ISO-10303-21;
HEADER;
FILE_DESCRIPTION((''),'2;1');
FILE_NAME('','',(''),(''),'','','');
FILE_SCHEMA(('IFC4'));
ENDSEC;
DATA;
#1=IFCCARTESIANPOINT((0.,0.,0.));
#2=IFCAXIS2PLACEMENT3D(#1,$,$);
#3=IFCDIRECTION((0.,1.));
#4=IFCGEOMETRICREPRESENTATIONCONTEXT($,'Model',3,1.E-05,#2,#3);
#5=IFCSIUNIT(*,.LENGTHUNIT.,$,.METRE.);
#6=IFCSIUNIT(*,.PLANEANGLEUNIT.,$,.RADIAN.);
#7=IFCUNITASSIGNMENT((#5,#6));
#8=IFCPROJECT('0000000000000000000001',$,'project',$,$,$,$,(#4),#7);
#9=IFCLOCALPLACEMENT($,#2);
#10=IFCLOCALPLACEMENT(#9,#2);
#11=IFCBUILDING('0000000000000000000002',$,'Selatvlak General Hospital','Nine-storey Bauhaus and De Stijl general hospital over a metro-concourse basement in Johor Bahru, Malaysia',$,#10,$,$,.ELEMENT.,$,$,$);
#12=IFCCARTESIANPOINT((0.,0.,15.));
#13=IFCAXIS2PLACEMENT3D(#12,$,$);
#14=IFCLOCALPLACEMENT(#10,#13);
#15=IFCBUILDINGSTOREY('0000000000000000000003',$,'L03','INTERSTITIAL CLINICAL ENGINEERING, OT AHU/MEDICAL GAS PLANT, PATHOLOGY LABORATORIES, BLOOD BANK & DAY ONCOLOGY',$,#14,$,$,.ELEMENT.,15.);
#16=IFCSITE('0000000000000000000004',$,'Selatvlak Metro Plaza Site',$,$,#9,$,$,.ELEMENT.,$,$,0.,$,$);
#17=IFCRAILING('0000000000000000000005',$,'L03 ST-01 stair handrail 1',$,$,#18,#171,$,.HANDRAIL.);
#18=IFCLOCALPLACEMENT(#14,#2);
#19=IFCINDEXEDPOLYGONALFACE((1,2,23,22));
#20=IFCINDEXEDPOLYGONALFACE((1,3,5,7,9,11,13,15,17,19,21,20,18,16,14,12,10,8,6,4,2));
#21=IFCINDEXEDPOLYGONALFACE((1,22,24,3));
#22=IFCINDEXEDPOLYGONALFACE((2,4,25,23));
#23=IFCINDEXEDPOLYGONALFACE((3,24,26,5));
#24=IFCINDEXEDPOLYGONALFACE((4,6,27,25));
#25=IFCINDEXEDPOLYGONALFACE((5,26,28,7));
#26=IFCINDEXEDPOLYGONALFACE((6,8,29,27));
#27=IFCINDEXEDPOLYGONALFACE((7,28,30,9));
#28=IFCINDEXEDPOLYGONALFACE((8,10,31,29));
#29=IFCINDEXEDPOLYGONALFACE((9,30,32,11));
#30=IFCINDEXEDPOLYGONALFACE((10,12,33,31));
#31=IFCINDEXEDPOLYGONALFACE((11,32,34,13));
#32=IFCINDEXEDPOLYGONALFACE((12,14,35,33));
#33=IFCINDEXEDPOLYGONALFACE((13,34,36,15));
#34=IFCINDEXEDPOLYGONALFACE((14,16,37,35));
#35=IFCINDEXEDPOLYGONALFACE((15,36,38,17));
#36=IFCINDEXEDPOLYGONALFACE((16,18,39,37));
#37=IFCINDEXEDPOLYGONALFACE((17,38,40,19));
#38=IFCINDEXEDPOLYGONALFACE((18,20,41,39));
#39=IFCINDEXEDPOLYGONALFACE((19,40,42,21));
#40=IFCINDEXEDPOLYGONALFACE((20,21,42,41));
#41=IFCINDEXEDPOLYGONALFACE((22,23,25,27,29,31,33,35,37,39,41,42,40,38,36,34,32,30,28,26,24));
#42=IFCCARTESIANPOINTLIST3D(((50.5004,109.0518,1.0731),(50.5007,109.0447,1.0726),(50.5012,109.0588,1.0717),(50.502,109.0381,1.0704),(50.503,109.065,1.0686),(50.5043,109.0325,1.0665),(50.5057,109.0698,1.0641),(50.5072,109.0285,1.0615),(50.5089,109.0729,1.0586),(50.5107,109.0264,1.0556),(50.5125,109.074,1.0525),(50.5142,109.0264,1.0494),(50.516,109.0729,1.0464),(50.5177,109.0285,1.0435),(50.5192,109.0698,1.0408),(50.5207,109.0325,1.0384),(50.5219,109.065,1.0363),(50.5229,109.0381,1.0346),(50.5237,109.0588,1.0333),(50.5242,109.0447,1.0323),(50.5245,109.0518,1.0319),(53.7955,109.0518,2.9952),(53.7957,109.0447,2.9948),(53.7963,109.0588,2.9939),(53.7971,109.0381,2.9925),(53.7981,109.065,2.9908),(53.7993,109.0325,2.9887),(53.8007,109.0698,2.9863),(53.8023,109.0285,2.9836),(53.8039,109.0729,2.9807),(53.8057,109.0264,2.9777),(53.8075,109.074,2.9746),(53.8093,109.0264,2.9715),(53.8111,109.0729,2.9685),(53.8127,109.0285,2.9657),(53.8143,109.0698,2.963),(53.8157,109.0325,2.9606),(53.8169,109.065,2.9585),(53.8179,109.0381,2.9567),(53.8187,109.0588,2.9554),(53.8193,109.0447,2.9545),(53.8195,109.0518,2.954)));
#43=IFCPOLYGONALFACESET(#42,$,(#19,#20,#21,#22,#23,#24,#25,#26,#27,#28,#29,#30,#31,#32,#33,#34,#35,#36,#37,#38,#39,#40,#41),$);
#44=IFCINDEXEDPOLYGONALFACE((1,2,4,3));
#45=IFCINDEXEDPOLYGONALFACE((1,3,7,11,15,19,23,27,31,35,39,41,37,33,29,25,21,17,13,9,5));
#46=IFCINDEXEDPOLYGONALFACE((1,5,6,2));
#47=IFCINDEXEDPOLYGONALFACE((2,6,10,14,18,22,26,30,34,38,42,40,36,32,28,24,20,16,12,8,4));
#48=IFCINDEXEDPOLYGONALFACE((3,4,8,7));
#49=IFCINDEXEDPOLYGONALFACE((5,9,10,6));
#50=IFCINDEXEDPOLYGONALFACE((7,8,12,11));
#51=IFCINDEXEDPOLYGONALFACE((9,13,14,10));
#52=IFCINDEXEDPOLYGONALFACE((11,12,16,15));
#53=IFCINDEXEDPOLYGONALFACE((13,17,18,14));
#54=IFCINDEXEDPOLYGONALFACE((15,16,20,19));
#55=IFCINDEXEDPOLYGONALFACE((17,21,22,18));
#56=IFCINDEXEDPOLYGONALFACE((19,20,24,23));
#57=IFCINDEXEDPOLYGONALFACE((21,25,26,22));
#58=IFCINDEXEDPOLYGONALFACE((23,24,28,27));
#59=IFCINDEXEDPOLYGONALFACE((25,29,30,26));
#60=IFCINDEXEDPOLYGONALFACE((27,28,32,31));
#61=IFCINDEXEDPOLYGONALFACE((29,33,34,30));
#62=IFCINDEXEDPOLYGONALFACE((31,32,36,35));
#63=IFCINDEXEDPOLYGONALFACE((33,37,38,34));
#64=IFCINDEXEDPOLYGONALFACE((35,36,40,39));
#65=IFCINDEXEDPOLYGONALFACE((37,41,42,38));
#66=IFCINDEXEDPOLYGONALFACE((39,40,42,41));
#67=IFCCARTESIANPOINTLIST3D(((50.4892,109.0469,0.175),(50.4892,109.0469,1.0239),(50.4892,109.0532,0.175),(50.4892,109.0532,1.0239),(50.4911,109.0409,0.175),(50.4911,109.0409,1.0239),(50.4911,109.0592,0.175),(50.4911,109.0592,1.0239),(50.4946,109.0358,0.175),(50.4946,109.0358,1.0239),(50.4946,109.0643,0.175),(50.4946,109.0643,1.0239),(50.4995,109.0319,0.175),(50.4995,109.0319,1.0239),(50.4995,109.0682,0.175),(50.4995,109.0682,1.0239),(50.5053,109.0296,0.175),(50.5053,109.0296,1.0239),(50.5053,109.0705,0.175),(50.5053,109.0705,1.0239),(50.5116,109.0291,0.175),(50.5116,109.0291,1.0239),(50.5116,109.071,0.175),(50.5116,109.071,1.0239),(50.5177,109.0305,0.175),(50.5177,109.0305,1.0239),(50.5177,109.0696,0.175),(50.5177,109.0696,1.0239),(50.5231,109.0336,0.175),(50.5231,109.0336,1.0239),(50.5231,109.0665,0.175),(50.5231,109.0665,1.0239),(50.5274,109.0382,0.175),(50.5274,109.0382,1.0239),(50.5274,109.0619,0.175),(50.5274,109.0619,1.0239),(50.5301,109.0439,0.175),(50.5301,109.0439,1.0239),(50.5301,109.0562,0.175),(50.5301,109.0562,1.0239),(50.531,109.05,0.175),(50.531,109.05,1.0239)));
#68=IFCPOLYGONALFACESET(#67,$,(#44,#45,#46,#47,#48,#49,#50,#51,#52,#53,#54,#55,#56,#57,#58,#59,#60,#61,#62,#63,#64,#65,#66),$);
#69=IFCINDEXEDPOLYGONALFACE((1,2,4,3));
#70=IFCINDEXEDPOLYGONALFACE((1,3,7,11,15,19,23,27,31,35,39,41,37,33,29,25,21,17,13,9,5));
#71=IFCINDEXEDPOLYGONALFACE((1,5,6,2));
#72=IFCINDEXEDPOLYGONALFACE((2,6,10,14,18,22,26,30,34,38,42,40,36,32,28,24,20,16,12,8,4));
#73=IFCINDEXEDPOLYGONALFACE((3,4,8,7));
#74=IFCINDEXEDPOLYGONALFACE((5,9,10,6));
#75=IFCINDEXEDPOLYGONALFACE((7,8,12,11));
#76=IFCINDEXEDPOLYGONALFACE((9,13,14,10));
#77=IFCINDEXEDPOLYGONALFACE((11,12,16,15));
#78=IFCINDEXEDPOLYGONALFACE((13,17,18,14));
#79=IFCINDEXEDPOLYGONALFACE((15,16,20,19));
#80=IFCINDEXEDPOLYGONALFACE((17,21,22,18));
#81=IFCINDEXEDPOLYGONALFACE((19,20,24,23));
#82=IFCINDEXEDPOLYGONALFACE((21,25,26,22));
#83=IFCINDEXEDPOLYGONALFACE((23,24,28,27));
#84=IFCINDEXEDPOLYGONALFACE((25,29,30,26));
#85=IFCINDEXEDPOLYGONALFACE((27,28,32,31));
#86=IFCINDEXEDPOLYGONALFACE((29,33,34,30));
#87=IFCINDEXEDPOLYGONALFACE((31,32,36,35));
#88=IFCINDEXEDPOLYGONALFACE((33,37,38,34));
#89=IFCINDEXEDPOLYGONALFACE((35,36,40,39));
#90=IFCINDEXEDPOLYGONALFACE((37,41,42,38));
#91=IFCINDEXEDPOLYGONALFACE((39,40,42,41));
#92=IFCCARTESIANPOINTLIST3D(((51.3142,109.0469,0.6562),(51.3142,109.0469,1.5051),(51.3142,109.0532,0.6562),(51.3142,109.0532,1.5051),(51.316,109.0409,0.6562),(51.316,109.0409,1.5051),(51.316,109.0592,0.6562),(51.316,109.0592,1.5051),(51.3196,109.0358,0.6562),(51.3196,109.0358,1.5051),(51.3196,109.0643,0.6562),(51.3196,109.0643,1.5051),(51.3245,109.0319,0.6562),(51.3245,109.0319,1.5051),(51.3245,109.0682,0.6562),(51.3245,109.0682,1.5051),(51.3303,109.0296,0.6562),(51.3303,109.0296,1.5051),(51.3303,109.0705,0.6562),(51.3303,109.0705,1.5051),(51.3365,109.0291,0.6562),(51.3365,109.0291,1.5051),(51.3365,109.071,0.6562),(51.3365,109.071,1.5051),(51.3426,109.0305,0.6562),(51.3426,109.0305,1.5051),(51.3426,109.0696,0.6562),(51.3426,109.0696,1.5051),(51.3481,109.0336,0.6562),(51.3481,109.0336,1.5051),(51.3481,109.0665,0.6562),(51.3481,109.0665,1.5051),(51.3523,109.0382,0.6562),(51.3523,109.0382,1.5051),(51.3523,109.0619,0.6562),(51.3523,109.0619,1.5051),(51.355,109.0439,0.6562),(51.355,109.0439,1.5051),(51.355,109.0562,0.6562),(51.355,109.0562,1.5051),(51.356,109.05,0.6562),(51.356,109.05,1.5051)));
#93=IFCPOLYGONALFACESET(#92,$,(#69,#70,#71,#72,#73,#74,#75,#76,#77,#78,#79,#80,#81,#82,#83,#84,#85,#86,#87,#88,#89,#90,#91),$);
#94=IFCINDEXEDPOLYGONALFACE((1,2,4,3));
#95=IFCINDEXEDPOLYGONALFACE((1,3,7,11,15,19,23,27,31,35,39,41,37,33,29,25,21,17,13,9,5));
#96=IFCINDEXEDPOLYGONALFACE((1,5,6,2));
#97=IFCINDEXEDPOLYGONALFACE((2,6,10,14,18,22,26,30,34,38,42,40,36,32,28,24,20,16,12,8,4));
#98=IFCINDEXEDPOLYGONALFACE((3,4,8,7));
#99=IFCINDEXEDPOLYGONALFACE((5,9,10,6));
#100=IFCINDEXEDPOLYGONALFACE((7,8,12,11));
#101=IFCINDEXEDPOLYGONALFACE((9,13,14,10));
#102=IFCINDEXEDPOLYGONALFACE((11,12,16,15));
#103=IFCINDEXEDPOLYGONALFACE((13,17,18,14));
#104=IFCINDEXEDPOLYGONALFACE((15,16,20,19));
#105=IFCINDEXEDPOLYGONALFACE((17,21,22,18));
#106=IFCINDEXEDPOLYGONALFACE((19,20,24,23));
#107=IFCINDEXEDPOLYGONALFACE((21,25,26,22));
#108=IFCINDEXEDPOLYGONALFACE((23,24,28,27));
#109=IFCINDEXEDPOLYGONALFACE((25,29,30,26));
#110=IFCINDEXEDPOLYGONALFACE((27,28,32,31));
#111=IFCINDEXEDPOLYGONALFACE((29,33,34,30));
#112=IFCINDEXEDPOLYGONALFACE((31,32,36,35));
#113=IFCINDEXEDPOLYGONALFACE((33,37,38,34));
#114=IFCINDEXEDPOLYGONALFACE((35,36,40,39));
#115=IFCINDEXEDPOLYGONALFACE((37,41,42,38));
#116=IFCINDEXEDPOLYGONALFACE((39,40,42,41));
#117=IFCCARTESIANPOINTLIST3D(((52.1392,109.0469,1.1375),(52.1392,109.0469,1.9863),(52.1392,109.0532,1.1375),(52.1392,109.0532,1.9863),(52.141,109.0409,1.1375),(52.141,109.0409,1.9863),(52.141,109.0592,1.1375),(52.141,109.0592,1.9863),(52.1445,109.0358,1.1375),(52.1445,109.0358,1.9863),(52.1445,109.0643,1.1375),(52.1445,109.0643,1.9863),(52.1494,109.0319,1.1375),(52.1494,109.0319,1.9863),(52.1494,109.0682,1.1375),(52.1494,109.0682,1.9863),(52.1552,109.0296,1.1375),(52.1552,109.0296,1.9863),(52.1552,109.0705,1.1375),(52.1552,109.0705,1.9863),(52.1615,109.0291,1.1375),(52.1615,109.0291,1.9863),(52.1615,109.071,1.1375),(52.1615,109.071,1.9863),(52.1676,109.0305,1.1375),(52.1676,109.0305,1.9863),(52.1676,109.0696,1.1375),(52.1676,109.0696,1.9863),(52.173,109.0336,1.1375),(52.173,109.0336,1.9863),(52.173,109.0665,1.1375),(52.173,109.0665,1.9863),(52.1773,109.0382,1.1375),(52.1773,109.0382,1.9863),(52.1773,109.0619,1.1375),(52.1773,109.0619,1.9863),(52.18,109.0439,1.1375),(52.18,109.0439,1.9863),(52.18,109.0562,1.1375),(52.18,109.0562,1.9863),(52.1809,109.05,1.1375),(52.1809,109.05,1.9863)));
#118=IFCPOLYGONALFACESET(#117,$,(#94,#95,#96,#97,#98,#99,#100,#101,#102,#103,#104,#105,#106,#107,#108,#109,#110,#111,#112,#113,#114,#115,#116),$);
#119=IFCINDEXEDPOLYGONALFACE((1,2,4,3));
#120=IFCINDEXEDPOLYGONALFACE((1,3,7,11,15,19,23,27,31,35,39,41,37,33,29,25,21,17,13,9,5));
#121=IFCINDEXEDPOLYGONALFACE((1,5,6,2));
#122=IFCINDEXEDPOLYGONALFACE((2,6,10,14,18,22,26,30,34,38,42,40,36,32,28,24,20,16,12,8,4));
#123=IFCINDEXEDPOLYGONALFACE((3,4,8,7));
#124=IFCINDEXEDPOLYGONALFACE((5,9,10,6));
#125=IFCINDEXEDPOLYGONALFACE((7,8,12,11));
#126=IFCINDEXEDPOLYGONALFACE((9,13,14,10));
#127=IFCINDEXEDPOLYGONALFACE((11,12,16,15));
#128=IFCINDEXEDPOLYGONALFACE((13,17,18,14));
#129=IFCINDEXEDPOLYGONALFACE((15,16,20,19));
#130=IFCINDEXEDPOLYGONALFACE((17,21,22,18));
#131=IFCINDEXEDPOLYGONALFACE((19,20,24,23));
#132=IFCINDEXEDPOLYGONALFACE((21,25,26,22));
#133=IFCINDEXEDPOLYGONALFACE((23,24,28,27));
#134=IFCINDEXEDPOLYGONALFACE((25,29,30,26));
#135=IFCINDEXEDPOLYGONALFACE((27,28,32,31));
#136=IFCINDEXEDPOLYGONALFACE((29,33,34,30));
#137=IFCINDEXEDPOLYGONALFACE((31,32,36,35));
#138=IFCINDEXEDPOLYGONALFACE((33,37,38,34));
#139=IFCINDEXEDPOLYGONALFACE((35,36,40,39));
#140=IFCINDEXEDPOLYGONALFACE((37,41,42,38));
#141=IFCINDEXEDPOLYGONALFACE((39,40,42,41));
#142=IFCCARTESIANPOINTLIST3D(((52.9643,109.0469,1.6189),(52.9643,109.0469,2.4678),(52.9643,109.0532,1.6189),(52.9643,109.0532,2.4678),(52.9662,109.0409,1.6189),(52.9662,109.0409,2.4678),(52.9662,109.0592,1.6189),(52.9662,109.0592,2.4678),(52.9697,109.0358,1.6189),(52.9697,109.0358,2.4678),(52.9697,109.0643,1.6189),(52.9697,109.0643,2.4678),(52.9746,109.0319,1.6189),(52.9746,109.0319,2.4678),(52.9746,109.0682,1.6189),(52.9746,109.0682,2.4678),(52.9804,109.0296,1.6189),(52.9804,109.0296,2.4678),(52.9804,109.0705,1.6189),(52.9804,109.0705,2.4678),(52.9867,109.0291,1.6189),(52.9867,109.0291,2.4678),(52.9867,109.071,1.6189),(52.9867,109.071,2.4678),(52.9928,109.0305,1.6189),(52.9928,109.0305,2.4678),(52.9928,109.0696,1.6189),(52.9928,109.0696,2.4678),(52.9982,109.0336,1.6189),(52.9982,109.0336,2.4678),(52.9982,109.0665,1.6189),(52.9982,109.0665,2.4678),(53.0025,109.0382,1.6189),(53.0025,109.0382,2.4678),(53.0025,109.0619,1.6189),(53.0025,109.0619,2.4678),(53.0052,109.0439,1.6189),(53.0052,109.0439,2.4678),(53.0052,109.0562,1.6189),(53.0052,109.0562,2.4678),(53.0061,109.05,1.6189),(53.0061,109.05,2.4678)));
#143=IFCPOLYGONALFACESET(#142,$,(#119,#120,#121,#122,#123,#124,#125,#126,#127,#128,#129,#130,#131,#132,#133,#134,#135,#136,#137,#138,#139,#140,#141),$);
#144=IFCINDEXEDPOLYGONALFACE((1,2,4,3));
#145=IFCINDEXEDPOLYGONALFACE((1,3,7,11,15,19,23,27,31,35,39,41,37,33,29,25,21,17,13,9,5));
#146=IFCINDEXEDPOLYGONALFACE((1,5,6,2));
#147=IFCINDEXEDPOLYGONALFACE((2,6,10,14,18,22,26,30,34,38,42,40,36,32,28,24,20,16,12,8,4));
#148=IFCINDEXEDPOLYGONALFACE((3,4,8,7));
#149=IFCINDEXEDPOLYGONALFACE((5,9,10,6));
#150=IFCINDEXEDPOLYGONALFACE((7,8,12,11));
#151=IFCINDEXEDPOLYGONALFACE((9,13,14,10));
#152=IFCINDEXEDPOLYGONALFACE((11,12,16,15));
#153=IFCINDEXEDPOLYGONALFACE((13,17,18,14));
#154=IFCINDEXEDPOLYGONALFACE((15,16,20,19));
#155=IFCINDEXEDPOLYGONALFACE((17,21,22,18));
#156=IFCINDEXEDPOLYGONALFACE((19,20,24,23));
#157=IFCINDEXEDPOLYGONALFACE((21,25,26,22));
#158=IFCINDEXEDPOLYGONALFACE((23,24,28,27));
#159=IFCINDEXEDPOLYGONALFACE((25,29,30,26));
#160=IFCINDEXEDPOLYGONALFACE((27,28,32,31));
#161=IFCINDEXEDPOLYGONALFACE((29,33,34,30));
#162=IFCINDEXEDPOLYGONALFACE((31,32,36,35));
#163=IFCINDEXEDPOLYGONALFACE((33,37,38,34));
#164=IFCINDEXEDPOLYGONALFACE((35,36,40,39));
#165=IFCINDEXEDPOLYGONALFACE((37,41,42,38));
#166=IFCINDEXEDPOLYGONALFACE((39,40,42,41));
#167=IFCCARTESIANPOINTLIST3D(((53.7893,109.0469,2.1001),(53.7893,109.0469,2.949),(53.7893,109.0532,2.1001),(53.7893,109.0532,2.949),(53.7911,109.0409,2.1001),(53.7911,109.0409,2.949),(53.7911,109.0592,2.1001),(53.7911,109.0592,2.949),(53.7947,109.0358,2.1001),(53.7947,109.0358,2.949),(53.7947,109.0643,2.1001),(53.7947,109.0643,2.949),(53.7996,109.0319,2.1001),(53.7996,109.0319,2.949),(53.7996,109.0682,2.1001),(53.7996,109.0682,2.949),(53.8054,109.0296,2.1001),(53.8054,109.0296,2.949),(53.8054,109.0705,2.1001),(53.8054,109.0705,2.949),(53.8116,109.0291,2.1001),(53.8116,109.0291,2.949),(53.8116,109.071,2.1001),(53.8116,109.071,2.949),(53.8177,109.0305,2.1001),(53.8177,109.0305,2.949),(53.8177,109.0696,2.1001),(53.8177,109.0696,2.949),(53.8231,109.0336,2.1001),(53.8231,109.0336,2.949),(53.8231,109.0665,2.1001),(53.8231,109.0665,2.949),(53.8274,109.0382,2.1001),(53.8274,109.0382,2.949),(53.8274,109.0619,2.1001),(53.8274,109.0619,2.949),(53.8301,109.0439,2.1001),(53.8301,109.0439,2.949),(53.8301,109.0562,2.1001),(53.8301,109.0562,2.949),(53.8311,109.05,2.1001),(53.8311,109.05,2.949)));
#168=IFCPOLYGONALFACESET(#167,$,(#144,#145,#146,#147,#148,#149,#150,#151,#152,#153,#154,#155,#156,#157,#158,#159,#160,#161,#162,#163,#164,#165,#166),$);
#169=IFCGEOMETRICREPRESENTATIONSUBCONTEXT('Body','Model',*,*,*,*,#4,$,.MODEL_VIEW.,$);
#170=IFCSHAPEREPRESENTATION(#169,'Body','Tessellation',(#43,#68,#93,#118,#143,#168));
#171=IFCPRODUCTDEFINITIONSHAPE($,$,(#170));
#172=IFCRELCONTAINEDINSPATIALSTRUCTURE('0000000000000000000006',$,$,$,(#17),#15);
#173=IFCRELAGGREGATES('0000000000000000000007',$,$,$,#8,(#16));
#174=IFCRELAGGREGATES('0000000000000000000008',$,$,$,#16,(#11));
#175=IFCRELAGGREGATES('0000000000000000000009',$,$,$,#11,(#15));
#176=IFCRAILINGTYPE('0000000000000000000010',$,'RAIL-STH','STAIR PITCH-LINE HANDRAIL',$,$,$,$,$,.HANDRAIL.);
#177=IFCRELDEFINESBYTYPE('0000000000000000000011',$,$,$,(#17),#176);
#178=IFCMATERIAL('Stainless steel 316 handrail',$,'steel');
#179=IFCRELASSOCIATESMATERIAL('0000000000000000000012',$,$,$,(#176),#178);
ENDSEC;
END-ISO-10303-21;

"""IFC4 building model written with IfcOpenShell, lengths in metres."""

from ifc_helpers import new_model, si_unit, direction, frame, origin, origin_2d, place, context, subcontext, project, spatial, circle, extrude, material, type_object, element, save


model = new_model("IFC4")

# Units and contexts
model_context = context("Model", 3, precision=1e-05, world=origin(), true_north=direction((0.0, 1.0)))
body_context = subcontext(model_context, "Body", "Model", "MODEL_VIEW")
ifc_project = project(units=[si_unit("LENGTHUNIT", "METRE"), si_unit("PLANEANGLEUNIT", "RADIAN")], contexts=[model_context])

# Site, building, storey
site_placement = place(None, origin())
site = spatial("IfcSite", under=ifc_project, at=site_placement, Name="Selatvlak Metro Plaza Site", CompositionType="ELEMENT", RefElevation=0.0)
building_placement = place(site_placement, origin())
building = spatial("IfcBuilding", under=site, at=building_placement, Name="Selatvlak General Hospital", Description="Nine-storey Bauhaus and De Stijl general hospital over a metro-concourse basement in Johor Bahru, Malaysia", CompositionType="ELEMENT")
storey_placement = place(building_placement, frame((0.0, 0.0, 15.0)))
storey = spatial("IfcBuildingStorey", under=building, at=storey_placement, Name="L03", Description="INTERSTITIAL CLINICAL ENGINEERING, OT AHU/MEDICAL GAS PLANT, PATHOLOGY LABORATORIES, BLOOD BANK & DAY ONCOLOGY", CompositionType="ELEMENT", Elevation=15.0)

# Railing
ifc_material_1 = material(Name="Stainless steel 316 handrail", Category="steel")
railing_type_1 = type_object("IfcRailingType", Name="RAIL-STH", Description="STAIR PITCH-LINE HANDRAIL", PredefinedType="HANDRAIL", material=ifc_material_1)
railing_1_placement = place(storey_placement, frame((50.51, 109.05, 0.175)))
element("IfcRailing", 1, at=railing_1_placement, inside=storey, type_object=railing_type_1, Name="L03 ST-01 stair handrail 1", PredefinedType="HANDRAIL", context=body_context, shape_type="SweptSolid", body=[
    extrude(circle(Radius=0.0239, at=origin_2d()), frame((0.0024, 0.0, 0.8774), z_axis=(0.863777, 0.0, 0.503875), x_axis=(0.0, 1.0, 0.0)), (0.0, 0.0, 1.0), 3.8147),
    extrude(circle(Radius=0.021, at=origin_2d()), origin(), (0.0, 0.0, 1.0), 0.8489),
    extrude(circle(Radius=0.021, at=origin_2d()), frame((0.825, 0.0, 0.4812)), (0.0, 0.0, 1.0), 0.8489),
    extrude(circle(Radius=0.021, at=origin_2d()), frame((1.6499, 0.0, 0.9624)), (0.0, 0.0, 1.0), 0.8489),
    extrude(circle(Radius=0.021, at=origin_2d()), frame((2.4751, 0.0, 1.4438)), (0.0, 0.0, 1.0), 0.8489),
    extrude(circle(Radius=0.021, at=origin_2d()), frame((3.3, 0.0, 1.925)), (0.0, 0.0, 1.0), 0.8489),
])

save(model, "model.ifc")
